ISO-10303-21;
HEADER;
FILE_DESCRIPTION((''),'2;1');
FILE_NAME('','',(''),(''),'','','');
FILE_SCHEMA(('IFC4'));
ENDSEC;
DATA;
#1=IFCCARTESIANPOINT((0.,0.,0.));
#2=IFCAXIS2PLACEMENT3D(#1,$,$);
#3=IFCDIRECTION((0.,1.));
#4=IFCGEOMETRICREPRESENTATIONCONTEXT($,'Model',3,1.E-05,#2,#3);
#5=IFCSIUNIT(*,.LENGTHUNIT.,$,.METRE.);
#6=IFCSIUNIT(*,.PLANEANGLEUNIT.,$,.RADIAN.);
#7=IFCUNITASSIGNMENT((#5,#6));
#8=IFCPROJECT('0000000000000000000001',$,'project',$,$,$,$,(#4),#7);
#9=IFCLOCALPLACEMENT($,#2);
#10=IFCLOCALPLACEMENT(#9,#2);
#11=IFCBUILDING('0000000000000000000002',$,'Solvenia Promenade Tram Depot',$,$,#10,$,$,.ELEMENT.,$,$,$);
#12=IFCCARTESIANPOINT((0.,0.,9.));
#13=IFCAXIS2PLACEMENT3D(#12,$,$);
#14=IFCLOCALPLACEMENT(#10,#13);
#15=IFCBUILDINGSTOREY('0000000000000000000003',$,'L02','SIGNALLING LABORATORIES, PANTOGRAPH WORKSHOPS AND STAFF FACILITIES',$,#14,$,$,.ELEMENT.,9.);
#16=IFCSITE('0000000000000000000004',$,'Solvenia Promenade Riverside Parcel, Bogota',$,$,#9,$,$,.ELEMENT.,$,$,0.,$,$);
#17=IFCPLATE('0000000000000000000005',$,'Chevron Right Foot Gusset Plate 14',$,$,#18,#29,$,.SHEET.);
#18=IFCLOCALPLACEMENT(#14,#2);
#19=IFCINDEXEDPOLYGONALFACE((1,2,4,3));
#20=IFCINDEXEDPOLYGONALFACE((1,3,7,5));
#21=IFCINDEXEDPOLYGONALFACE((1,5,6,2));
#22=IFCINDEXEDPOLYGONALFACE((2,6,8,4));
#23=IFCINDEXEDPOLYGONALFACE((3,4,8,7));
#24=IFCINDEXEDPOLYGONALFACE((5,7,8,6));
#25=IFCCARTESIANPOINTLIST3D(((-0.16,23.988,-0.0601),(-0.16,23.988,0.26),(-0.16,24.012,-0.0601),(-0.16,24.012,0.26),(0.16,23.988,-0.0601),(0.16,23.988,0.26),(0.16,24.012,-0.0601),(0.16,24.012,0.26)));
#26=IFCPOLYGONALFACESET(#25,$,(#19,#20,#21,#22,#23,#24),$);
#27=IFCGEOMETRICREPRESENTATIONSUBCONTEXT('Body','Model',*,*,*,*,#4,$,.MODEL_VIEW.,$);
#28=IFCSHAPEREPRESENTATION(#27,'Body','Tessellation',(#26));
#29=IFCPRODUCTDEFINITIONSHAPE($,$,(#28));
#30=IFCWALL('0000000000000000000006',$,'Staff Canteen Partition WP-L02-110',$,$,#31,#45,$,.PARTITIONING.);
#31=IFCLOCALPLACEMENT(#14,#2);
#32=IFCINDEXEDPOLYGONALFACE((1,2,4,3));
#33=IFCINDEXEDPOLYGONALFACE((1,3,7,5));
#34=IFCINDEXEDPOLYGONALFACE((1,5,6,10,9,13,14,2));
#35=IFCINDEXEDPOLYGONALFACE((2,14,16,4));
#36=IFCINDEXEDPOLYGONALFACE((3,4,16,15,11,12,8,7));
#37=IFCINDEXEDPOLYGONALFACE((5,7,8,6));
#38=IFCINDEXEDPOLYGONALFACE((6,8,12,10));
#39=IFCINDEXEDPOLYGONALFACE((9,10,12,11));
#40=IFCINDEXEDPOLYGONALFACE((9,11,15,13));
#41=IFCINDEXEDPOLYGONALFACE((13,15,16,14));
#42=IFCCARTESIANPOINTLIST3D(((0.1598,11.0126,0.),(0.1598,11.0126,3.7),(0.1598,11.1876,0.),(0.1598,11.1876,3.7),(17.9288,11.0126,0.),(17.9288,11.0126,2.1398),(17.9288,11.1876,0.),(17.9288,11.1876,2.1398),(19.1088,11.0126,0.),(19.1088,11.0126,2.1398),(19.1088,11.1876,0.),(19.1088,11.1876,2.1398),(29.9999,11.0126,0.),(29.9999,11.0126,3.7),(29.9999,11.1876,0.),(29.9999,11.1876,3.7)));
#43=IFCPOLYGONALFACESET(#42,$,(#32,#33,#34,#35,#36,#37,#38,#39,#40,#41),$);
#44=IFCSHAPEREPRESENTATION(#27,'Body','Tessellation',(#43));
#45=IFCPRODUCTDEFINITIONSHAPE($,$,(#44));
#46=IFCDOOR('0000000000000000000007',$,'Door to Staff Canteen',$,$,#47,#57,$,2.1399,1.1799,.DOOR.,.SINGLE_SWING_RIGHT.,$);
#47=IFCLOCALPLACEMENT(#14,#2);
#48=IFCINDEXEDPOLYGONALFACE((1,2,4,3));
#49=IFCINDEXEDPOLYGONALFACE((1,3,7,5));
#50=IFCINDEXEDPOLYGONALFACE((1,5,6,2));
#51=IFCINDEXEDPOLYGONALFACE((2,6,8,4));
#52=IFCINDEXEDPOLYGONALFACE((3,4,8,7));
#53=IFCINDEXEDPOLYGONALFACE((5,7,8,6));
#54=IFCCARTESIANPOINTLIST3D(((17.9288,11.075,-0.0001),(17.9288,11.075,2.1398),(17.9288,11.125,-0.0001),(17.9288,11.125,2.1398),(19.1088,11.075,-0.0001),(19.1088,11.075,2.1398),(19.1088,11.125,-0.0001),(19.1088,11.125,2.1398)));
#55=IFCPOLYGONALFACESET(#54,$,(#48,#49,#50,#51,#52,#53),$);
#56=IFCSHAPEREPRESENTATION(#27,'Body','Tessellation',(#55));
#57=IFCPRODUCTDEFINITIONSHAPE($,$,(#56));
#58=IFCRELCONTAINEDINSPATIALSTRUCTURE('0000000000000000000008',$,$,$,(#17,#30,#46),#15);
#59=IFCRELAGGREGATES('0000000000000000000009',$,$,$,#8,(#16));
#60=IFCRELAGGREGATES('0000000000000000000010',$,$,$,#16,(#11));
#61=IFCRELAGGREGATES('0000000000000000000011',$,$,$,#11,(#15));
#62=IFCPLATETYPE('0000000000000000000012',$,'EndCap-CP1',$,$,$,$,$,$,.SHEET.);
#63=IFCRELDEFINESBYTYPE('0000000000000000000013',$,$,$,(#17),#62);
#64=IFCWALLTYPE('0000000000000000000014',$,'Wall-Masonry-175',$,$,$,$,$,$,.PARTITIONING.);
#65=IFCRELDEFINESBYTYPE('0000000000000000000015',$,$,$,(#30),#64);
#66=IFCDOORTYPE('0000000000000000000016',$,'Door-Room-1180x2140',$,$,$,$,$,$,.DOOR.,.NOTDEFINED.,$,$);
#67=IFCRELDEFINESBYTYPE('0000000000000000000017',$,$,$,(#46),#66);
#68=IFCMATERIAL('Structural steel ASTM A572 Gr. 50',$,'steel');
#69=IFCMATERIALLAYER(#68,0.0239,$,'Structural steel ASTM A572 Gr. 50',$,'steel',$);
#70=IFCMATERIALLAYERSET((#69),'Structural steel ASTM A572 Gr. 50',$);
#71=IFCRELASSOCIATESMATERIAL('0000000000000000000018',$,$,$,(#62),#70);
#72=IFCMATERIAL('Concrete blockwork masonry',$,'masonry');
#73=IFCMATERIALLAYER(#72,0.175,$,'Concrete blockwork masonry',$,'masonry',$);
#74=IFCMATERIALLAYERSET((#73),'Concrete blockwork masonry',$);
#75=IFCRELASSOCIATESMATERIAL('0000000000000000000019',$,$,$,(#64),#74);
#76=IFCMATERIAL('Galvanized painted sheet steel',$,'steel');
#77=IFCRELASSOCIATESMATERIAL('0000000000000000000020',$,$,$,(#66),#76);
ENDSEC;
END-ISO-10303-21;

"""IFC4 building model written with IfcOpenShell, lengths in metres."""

from ifc_helpers import new_model, si_unit, direction, frame, frame_2d, origin, origin_2d, place, context, subcontext, project, spatial, rectangle, extrude, material, layer, layer_set, type_object, element, fill, save


model = new_model("IFC4")

# Units and contexts
model_context = context("Model", 3, precision=1e-05, world=origin(), true_north=direction((0.0, 1.0)))
body_context = subcontext(model_context, "Body", "Model", "MODEL_VIEW")
ifc_project = project(units=[si_unit("LENGTHUNIT", "METRE"), si_unit("PLANEANGLEUNIT", "RADIAN")], contexts=[model_context])

# Site, building, storey
site_placement = place(None, origin())
site = spatial("IfcSite", under=ifc_project, at=site_placement, Name="Solvenia Promenade Riverside Parcel, Bogota", CompositionType="ELEMENT", RefElevation=0.0)
building_placement = place(site_placement, origin())
building = spatial("IfcBuilding", under=site, at=building_placement, Name="Solvenia Promenade Tram Depot", CompositionType="ELEMENT")
storey_placement = place(building_placement, frame((0.0, 0.0, 9.0)))
storey = spatial("IfcBuildingStorey", under=building, at=storey_placement, Name="L02", Description="SIGNALLING LABORATORIES, PANTOGRAPH WORKSHOPS AND STAFF FACILITIES", CompositionType="ELEMENT", Elevation=9.0)

# Plate
ifc_material_1 = material(Name="Structural steel ASTM A572 Gr. 50", Category="steel")
ifc_layer_1 = layer(ifc_material_1, 0.0239, Name="Structural steel ASTM A572 Gr. 50", Category="steel")
ifc_layer_set_1 = layer_set([ifc_layer_1], Name="Structural steel ASTM A572 Gr. 50")
plate_type_1 = type_object("IfcPlateType", Name="EndCap-CP1", PredefinedType="SHEET", material=ifc_layer_set_1)
plate_1_placement = place(storey_placement, frame((0.0, 24.0, -0.0601), z_axis=(0.0, 0.0, 1.0), x_axis=(1.0, 0.0, 0.0)))
element("IfcPlate", 1, at=plate_1_placement, inside=storey, type_object=plate_type_1, Name="Chevron Right Foot Gusset Plate 14", PredefinedType="SHEET", context=body_context, shape_type="SweptSolid", body=[
    extrude(rectangle(XDim=0.3201, YDim=0.0239, at=origin_2d()), origin(), (0.0, 0.0, 1.0), 0.3201),
])

# Wall, opening, door
ifc_material_2 = material(Name="Concrete blockwork masonry", Category="masonry")
ifc_layer_2 = layer(ifc_material_2, 0.175, Name="Concrete blockwork masonry", Category="masonry")
ifc_layer_set_2 = layer_set([ifc_layer_2], Name="Concrete blockwork masonry")
wall_type = type_object("IfcWallType", Name="Wall-Masonry-175", PredefinedType="PARTITIONING", material=ifc_layer_set_2)
wall_placement = place(storey_placement, frame((0.1599, 11.1001, 0.0), z_axis=(0.0, 0.0, 1.0), x_axis=(1.0, 0.0, 0.0)))
wall = element("IfcWall", 2, at=wall_placement, inside=storey, type_object=wall_type, Name="Staff Canteen Partition WP-L02-110", PredefinedType="PARTITIONING", context=body_context, shape_type="SweptSolid", body=[
    extrude(rectangle(XDim=29.8401, YDim=0.175, at=frame_2d((14.9199, 0.0))), origin(), (0.0, 0.0, 1.0), 3.7),
])
opening_placement = place(wall_placement, frame((17.769, 0.0, 0.0)))
opening = element("IfcOpeningElement", 3, at=opening_placement, cuts=wall, PredefinedType="OPENING", context=body_context, shape_type="SweptSolid", body=[
    extrude(rectangle(XDim=1.1799, YDim=2.1399, at=frame_2d((0.5898, 1.0698))), frame((0.0, 0.0974, 0.0), z_axis=(0.0, -1.0, 0.0), x_axis=(1.0, 0.0, 0.0)), (0.0, 0.0, 1.0), 0.1951),
])
ifc_material_3 = material(Name="Galvanized painted sheet steel", Category="steel")
door_type = type_object("IfcDoorType", Name="Door-Room-1180x2140", OperationType="NOTDEFINED", PredefinedType="DOOR", material=ifc_material_3)
door_placement = place(opening_placement, origin())
door = element("IfcDoor", 4, at=door_placement, inside=storey, type_object=door_type, Name="Door to Staff Canteen", OperationType="SINGLE_SWING_RIGHT", OverallHeight=2.1399, OverallWidth=1.1799, PredefinedType="DOOR", context=body_context, shape_type="SweptSolid", body=[
    extrude(rectangle(XDim=1.1799, YDim=2.1399, at=frame_2d((0.5898, 1.0698))), frame((0.0, 0.0249, 0.0), z_axis=(0.0, -1.0, 0.0), x_axis=(1.0, 0.0, 0.0)), (0.0, 0.0, 1.0), 0.05),
])
fill(opening, door)

save(model, "model.ifc")
